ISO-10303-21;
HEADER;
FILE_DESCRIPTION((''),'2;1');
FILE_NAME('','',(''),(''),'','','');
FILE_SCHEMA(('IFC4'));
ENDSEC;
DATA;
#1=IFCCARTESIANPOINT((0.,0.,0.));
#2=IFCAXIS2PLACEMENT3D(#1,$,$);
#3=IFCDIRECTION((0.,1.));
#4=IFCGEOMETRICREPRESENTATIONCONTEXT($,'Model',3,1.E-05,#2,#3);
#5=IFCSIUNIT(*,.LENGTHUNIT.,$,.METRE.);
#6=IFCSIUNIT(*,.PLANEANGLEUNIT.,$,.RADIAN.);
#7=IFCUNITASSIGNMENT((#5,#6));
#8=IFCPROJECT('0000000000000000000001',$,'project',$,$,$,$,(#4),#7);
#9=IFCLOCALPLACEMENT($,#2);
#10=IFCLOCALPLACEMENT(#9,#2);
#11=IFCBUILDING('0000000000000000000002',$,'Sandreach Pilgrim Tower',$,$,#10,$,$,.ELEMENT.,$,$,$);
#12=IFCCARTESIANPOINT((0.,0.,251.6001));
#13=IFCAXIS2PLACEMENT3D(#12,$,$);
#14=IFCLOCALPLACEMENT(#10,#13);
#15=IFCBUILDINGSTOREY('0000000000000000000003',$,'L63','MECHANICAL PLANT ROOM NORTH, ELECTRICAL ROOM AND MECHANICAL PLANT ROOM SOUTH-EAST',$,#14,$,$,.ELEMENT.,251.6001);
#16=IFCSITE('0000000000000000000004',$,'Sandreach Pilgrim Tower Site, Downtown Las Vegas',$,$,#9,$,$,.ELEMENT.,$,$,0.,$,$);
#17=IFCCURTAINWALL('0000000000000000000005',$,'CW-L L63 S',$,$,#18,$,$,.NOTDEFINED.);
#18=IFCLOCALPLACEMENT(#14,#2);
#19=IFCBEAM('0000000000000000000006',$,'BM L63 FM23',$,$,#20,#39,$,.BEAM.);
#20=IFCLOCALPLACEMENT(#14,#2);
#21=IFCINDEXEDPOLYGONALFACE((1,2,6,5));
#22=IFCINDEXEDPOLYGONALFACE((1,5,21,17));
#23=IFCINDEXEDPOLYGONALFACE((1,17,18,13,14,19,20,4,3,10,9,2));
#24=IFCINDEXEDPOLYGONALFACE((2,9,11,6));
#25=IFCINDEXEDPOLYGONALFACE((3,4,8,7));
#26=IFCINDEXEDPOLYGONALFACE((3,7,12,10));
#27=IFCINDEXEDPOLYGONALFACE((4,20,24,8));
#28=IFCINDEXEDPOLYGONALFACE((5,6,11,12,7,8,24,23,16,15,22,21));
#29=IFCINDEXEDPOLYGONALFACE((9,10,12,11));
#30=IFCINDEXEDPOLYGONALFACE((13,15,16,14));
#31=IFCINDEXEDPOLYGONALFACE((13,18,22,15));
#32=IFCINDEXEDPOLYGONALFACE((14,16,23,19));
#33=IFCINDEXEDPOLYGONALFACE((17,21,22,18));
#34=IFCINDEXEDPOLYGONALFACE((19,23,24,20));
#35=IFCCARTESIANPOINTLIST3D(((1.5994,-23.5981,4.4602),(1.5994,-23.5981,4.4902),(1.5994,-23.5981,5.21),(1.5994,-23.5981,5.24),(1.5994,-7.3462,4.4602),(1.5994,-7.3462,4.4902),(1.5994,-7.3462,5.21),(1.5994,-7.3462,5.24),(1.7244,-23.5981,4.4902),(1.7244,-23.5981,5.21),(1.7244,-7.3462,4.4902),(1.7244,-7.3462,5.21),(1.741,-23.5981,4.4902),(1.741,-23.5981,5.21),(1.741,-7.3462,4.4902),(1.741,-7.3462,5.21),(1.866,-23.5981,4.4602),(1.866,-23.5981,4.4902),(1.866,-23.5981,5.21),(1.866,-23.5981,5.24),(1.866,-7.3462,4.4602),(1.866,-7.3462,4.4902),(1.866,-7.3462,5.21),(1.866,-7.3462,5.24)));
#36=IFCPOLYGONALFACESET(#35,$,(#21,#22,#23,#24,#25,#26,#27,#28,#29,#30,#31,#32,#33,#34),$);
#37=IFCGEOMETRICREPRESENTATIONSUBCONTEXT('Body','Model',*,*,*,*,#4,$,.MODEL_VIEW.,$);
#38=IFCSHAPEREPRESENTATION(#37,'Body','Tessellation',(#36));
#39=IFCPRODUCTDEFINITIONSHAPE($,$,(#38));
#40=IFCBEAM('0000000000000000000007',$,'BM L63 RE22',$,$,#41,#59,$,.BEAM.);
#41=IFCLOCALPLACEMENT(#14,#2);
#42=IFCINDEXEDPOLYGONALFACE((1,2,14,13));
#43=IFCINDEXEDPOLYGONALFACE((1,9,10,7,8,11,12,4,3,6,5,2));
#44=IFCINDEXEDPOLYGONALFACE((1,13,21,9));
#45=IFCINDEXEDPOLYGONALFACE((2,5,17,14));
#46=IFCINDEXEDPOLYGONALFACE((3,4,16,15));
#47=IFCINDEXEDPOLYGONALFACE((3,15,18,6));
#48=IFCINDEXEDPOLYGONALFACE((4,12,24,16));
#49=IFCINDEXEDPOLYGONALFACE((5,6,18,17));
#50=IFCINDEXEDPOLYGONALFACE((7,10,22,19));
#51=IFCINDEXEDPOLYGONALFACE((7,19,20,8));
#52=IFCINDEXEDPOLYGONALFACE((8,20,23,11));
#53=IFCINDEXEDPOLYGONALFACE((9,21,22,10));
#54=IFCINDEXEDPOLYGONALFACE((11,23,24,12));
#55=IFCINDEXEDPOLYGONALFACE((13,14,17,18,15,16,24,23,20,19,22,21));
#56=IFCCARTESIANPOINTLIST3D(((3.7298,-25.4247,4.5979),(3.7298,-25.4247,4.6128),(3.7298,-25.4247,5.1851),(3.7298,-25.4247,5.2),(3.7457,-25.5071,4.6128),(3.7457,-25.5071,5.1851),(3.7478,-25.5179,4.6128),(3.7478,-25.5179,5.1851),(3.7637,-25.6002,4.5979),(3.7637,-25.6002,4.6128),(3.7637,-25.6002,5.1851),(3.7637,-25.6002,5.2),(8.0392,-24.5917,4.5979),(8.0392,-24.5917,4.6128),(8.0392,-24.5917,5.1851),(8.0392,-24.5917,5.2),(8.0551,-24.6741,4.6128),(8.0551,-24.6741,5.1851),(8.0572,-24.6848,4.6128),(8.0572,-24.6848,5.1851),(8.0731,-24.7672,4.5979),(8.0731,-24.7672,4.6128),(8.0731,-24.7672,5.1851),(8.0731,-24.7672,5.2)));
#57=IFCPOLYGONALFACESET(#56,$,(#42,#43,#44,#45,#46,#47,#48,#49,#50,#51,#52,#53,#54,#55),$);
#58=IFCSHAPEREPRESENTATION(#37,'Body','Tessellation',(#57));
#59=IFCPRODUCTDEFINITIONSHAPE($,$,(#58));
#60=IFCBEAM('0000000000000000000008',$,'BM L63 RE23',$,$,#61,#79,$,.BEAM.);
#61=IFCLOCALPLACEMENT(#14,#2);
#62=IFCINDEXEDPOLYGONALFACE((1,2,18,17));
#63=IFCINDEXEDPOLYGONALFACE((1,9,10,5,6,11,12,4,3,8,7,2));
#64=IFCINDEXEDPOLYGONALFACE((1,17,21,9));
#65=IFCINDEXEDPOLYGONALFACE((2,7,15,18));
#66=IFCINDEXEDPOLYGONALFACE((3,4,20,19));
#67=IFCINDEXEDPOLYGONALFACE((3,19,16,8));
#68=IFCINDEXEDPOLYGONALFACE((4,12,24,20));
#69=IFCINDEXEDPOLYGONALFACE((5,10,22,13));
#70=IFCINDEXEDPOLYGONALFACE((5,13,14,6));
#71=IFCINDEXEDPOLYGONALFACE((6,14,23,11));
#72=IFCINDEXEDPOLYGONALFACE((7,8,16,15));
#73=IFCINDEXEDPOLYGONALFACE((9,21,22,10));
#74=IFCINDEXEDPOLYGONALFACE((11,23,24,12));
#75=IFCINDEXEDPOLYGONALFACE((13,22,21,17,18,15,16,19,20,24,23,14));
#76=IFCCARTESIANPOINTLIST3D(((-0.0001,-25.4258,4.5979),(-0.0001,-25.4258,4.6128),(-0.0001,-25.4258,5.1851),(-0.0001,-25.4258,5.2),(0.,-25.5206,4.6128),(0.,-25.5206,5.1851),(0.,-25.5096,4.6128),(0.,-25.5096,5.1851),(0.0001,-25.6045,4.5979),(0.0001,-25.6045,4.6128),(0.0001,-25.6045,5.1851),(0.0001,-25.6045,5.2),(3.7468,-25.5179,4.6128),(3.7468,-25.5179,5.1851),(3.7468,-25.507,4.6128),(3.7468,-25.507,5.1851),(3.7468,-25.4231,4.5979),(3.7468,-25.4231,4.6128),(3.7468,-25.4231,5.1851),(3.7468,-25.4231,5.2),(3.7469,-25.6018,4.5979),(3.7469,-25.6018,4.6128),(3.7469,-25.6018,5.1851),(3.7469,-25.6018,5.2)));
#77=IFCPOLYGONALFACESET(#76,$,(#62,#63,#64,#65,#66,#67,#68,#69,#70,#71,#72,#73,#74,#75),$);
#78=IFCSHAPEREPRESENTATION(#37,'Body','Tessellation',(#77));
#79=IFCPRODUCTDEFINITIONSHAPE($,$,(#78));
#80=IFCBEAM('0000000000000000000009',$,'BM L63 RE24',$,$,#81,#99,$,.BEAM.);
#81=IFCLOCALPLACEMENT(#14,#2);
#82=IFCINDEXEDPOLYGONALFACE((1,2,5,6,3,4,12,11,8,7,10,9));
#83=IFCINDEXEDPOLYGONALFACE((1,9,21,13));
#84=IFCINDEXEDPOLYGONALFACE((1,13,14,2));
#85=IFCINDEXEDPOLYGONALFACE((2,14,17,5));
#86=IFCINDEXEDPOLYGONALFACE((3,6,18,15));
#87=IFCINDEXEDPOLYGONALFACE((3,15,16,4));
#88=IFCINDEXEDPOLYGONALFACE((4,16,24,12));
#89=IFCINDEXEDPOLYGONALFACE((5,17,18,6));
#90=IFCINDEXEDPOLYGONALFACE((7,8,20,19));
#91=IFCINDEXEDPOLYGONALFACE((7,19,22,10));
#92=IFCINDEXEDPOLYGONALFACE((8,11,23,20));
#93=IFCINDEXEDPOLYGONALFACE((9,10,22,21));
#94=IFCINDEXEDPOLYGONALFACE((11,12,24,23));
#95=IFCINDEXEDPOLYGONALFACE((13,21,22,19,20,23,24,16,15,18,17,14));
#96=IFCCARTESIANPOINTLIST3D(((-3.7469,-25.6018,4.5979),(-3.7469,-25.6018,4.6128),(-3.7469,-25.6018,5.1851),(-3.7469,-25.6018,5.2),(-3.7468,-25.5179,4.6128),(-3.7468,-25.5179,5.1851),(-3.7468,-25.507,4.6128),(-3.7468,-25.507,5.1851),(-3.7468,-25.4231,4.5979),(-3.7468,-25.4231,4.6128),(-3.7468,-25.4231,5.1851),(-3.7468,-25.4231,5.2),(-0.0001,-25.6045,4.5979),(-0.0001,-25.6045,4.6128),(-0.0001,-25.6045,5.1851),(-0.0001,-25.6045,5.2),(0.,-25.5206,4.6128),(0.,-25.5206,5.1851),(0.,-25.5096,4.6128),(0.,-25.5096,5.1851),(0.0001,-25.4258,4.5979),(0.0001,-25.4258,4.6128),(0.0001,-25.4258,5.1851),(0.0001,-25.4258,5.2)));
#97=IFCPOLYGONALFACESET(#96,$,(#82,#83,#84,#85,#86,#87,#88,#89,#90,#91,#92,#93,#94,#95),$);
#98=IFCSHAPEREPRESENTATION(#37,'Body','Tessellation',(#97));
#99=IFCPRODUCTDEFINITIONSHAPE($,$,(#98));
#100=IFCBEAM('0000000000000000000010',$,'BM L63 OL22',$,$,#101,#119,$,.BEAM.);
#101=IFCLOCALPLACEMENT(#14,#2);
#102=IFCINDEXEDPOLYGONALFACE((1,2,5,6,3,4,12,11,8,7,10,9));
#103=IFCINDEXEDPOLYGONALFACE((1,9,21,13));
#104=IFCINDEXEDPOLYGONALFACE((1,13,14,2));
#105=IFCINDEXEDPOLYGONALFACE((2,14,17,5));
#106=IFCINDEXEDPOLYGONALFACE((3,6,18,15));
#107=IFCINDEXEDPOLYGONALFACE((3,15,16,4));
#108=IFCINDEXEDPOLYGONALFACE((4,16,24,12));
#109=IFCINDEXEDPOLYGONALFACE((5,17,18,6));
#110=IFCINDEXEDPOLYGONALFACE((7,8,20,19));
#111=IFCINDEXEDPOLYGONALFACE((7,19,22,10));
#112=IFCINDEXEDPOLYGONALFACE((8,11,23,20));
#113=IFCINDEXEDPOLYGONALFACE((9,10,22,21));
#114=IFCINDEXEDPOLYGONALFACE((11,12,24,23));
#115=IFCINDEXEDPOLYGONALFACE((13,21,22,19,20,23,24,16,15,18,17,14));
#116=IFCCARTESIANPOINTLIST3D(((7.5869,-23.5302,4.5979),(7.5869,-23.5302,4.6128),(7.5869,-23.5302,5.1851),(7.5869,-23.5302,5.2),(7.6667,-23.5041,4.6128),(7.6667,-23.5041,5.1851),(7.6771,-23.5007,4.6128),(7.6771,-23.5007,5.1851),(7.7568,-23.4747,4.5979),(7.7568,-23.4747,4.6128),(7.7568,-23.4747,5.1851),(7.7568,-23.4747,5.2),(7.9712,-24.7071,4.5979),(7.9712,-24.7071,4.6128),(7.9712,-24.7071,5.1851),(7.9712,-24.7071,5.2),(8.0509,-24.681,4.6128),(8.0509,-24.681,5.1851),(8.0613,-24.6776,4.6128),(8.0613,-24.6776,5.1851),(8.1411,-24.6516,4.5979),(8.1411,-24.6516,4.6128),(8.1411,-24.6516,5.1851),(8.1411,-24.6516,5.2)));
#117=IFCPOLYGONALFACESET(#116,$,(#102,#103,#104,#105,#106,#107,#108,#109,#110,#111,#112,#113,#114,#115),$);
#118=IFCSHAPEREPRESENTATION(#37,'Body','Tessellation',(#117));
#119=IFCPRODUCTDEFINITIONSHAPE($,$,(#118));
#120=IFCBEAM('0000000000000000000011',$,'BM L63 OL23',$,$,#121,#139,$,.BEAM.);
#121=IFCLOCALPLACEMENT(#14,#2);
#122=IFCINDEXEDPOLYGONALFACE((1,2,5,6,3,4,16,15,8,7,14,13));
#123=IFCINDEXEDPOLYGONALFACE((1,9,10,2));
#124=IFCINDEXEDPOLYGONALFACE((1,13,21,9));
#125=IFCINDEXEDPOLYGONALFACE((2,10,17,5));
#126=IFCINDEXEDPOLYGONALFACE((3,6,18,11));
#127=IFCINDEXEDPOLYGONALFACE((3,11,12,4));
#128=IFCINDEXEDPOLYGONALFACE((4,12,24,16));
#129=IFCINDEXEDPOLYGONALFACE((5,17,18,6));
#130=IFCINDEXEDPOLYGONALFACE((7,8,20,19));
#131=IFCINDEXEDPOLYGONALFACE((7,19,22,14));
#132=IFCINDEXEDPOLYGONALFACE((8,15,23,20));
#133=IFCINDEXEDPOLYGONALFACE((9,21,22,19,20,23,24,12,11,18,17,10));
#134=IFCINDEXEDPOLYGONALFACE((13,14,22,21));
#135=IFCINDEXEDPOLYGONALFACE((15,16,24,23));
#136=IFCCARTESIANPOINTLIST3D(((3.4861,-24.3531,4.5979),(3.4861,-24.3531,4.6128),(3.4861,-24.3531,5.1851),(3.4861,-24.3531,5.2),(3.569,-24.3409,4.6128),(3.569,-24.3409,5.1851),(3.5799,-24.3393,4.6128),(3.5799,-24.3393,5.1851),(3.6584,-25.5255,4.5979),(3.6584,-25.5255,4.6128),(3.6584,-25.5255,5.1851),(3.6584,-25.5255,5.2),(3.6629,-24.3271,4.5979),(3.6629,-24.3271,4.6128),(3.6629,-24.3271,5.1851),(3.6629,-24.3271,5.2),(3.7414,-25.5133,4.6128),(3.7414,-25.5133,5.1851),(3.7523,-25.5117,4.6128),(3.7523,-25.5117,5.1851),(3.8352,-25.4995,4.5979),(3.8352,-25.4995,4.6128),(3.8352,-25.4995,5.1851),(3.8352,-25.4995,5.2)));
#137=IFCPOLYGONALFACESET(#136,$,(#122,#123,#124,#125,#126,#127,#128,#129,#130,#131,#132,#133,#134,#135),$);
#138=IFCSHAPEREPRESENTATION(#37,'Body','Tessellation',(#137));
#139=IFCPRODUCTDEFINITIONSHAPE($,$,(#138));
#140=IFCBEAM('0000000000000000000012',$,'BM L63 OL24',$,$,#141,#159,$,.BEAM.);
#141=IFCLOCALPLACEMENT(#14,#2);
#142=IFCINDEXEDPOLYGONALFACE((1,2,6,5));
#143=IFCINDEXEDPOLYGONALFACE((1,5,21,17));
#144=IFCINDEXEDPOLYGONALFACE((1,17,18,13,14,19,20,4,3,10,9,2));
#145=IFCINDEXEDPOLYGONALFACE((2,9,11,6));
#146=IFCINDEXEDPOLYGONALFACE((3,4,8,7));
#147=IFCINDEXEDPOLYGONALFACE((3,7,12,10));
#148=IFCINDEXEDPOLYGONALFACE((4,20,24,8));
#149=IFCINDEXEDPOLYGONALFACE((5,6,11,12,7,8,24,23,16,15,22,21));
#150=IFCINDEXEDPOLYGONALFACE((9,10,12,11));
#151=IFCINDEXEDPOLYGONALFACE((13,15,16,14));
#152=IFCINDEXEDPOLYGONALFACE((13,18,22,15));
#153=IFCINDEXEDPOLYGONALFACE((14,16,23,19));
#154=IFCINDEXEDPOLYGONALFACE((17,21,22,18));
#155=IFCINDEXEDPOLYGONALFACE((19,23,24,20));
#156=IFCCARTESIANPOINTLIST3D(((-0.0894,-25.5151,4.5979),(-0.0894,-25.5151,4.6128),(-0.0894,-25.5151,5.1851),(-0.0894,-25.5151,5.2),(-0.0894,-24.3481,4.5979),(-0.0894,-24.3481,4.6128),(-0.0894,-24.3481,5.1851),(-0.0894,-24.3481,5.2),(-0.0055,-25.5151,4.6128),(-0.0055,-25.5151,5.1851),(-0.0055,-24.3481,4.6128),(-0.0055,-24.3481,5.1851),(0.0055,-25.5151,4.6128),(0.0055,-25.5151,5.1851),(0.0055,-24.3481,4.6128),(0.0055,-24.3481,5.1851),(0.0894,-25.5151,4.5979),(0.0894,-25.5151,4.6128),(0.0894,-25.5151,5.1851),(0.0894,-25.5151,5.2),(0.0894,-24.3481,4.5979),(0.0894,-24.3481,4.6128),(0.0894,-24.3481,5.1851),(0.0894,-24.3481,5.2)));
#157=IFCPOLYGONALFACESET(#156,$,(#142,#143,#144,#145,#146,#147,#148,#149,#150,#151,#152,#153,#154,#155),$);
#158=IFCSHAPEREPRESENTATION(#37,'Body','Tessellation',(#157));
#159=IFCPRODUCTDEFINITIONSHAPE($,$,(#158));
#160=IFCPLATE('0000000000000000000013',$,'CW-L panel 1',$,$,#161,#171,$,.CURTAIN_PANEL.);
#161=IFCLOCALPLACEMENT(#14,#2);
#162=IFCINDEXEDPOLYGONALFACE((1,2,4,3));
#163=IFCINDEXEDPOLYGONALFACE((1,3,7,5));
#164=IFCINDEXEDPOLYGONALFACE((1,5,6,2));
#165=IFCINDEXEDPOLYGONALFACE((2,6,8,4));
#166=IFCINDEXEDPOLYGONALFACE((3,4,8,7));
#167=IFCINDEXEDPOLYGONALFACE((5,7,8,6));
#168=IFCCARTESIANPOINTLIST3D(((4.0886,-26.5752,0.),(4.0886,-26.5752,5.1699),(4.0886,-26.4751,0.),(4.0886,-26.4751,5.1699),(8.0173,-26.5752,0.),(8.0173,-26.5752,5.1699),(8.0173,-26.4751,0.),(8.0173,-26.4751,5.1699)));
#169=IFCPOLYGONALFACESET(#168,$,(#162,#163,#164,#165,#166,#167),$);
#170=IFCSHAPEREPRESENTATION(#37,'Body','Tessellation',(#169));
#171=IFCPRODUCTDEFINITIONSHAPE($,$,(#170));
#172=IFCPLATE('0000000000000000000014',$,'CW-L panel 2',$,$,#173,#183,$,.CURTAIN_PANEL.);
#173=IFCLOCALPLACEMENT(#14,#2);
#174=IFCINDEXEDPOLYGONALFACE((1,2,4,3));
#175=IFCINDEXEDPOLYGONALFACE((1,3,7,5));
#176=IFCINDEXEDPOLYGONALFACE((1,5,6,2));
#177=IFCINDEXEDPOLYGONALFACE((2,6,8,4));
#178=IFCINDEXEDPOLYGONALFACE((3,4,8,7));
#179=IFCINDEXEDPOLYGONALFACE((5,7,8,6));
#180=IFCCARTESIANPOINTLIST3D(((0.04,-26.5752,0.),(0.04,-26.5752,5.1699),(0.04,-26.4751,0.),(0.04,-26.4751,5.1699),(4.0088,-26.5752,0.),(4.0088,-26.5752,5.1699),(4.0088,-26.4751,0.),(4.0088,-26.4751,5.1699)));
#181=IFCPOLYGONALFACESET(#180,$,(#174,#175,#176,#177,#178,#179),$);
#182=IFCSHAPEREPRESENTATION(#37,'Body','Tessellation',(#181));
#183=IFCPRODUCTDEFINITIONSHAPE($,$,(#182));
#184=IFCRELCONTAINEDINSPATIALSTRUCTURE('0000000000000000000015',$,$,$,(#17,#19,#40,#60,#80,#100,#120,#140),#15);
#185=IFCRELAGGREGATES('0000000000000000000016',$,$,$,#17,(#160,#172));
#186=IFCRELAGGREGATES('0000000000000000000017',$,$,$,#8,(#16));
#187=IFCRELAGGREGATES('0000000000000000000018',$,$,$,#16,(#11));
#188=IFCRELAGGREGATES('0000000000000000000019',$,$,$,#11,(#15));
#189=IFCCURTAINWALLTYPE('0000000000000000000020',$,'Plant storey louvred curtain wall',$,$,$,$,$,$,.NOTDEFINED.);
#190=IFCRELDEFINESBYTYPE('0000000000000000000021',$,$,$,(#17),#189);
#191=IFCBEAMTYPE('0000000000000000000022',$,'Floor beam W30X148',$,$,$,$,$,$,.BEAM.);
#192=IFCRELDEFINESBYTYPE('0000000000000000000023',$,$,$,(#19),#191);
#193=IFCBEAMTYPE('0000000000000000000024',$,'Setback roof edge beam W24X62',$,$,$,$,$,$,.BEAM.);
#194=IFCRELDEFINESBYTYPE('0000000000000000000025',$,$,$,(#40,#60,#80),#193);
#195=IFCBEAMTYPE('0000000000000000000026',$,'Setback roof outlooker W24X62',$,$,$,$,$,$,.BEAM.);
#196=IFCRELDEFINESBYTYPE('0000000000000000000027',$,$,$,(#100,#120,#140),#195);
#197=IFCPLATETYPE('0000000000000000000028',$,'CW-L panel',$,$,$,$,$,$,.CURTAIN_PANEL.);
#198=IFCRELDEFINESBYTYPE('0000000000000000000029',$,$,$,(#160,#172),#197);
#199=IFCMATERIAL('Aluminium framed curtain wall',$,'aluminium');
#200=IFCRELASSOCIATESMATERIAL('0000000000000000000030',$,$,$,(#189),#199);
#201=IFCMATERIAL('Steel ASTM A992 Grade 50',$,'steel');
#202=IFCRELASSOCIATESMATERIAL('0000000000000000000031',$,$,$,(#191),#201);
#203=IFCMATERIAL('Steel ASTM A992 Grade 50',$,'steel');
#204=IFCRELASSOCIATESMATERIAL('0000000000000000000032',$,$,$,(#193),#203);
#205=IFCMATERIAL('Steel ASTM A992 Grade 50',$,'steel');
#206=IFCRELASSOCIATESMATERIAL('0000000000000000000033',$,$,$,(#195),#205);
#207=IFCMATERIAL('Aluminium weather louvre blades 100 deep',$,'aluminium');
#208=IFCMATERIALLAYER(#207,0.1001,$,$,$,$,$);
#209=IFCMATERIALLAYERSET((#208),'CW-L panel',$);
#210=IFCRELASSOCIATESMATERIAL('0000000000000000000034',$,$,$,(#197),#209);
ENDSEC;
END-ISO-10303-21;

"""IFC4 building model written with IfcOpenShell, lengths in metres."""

from ifc_helpers import new_model, si_unit, direction, frame, origin, origin_2d, place, context, subcontext, project, spatial, rectangle, i_section, extrude, material, layer, layer_set, material_profile, profile_set, type_object, element, aggregate, save


model = new_model("IFC4")

# Units and contexts
model_context = context("Model", 3, precision=1e-05, world=origin(), true_north=direction((0.0, 1.0)))
body_context = subcontext(model_context, "Body", "Model", "MODEL_VIEW")
ifc_project = project(units=[si_unit("LENGTHUNIT", "METRE"), si_unit("PLANEANGLEUNIT", "RADIAN")], contexts=[model_context])

# Site, building, storey
site_placement = place(None, origin())
site = spatial("IfcSite", under=ifc_project, at=site_placement, Name="Sandreach Pilgrim Tower Site, Downtown Las Vegas", CompositionType="ELEMENT", RefElevation=0.0)
building_placement = place(site_placement, origin())
building = spatial("IfcBuilding", under=site, at=building_placement, Name="Sandreach Pilgrim Tower", CompositionType="ELEMENT")
storey_placement = place(building_placement, frame((0.0, 0.0, 251.6001)))
storey = spatial("IfcBuildingStorey", under=building, at=storey_placement, Name="L63", Description="MECHANICAL PLANT ROOM NORTH, ELECTRICAL ROOM AND MECHANICAL PLANT ROOM SOUTH-EAST", CompositionType="ELEMENT", Elevation=251.6001)

# Shared definitions
ifc_material_1 = material(Name="Aluminium framed curtain wall", Category="aluminium")
curtain_wall_type = type_object("IfcCurtainWallType", Name="Plant storey louvred curtain wall", PredefinedType="NOTDEFINED", material=ifc_material_1)

# Curtain wall
curtain_wall_1_placement = place(storey_placement, origin())
curtain_wall_1 = element("IfcCurtainWall", 1, at=curtain_wall_1_placement, inside=storey, type_object=curtain_wall_type, Name="CW-L L63 S", PredefinedType="NOTDEFINED")

# Beams
ifc_material_2 = material(Name="Steel ASTM A992 Grade 50", Category="steel")
ifc_material_profile_1 = material_profile(ifc_material_2, i_section(OverallWidth=0.2666, OverallDepth=0.7798, WebThickness=0.0166, FlangeThickness=0.03, at=origin_2d()), Name="W30X148")
ifc_profile_set_1 = profile_set([ifc_material_profile_1], Name="Steel ASTM A992 Grade 50")
beam_type_1 = type_object("IfcBeamType", Name="Floor beam W30X148", PredefinedType="BEAM", material=ifc_profile_set_1)
beam_1_placement = place(storey_placement, frame((1.7327, -23.5981, 4.8501), z_axis=(0.0, 1.0, 0.0), x_axis=(-1.0, 0.0, 0.0)))
element("IfcBeam", 2, at=beam_1_placement, inside=storey, type_object=beam_type_1, Name="BM L63 FM23", PredefinedType="BEAM", context=body_context, shape_type="SweptSolid", body=[
    extrude(i_section(OverallWidth=0.2666, OverallDepth=0.7798, WebThickness=0.0166, FlangeThickness=0.03, at=origin_2d()), origin(), (0.0, 0.0, 1.0), 16.252),
])
ifc_material_3 = material(Name="Steel ASTM A992 Grade 50", Category="steel")
ifc_material_profile_2 = material_profile(ifc_material_3, i_section(OverallWidth=0.1787, OverallDepth=0.6021, WebThickness=0.011, FlangeThickness=0.0149, at=origin_2d()), Name="W24X62")
ifc_profile_set_2 = profile_set([ifc_material_profile_2], Name="Steel ASTM A992 Grade 50")
beam_type_2 = type_object("IfcBeamType", Name="Setback roof edge beam W24X62", PredefinedType="BEAM", material=ifc_profile_set_2)
beam_2_placement = place(storey_placement, frame((8.0562, -24.6794, 4.8989), z_axis=(-0.981825, -0.18979, 0.0), x_axis=(0.18979, -0.981825, 0.0)))
element("IfcBeam", 3, at=beam_2_placement, inside=storey, type_object=beam_type_2, Name="BM L63 RE22", PredefinedType="BEAM", context=body_context, shape_type="SweptSolid", body=[
    extrude(i_section(OverallWidth=0.1787, OverallDepth=0.6021, WebThickness=0.011, FlangeThickness=0.0149, at=origin_2d()), origin(), (0.0, 0.0, 1.0), 4.3892),
])
for number, where, z_axis, x_axis, name in (
    (4, (3.7468, -25.5125, 4.8989), (-1.0, -0.000717, 0.0), (0.000717, -1.0, 0.0), "BM L63 RE23"),
    (5, (0.0, -25.5151, 4.8989), (-1.0, 0.000717, 0.0), (-0.000717, -1.0, 0.0), "BM L63 RE24"),
):
    element("IfcBeam", number, at=place(storey_placement, frame(where, z_axis=z_axis, x_axis=x_axis)), inside=storey, type_object=beam_type_2, Name=name, PredefinedType="BEAM", context=body_context, shape_type="SweptSolid", body=[
        extrude(i_section(OverallWidth=0.1787, OverallDepth=0.6021, WebThickness=0.011, FlangeThickness=0.0149, at=origin_2d()), origin(), (0.0, 0.0, 1.0), 3.7468),
    ])
ifc_material_4 = material(Name="Steel ASTM A992 Grade 50", Category="steel")
ifc_material_profile_3 = material_profile(ifc_material_4, i_section(OverallWidth=0.1787, OverallDepth=0.6021, WebThickness=0.011, FlangeThickness=0.0149, at=origin_2d()), Name="W24X62")
ifc_profile_set_3 = profile_set([ifc_material_profile_3], Name="Steel ASTM A992 Grade 50")
beam_type_3 = type_object("IfcBeamType", Name="Setback roof outlooker W24X62", PredefinedType="BEAM", material=ifc_profile_set_3)
beam_3_placement = place(storey_placement, frame((7.6719, -23.5024, 4.8989), z_axis=(0.310365, -0.950617, 0.0), x_axis=(0.950617, 0.310365, 0.0)))
element("IfcBeam", 6, at=beam_3_placement, inside=storey, type_object=beam_type_3, Name="BM L63 OL22", PredefinedType="BEAM", context=body_context, shape_type="SweptSolid", body=[
    extrude(i_section(OverallWidth=0.1787, OverallDepth=0.6021, WebThickness=0.011, FlangeThickness=0.0149, at=origin_2d()), origin(), (0.0, 0.0, 1.0), 1.238),
])
beam_4_placement = place(storey_placement, frame((3.5745, -24.3401, 4.8989), z_axis=(0.145458, -0.989364, 0.0), x_axis=(0.989364, 0.145458, 0.0)))
element("IfcBeam", 7, at=beam_4_placement, inside=storey, type_object=beam_type_3, Name="BM L63 OL23", PredefinedType="BEAM", context=body_context, shape_type="SweptSolid", body=[
    extrude(i_section(OverallWidth=0.1787, OverallDepth=0.6021, WebThickness=0.011, FlangeThickness=0.0149, at=origin_2d()), origin(), (0.0, 0.0, 1.0), 1.1851),
])
beam_5_placement = place(storey_placement, frame((0.0, -24.3481, 4.8989), z_axis=(0.0, -1.0, 0.0), x_axis=(1.0, 0.0, 0.0)))
element("IfcBeam", 8, at=beam_5_placement, inside=storey, type_object=beam_type_3, Name="BM L63 OL24", PredefinedType="BEAM", context=body_context, shape_type="SweptSolid", body=[
    extrude(i_section(OverallWidth=0.1787, OverallDepth=0.6021, WebThickness=0.011, FlangeThickness=0.0149, at=origin_2d()), origin(), (0.0, 0.0, 1.0), 1.167),
])

# Plates
ifc_material_5 = material(Name="Aluminium weather louvre blades 100 deep", Category="aluminium")
ifc_layer_1 = layer(ifc_material_5, 0.1001)
ifc_layer_set_1 = layer_set([ifc_layer_1], Name="CW-L panel")
plate_type = type_object("IfcPlateType", Name="CW-L panel", PredefinedType="CURTAIN_PANEL", material=ifc_layer_set_1)
plate_1_placement = place(storey_placement, frame((6.053, -26.5251, 0.0), z_axis=(0.0, 0.0, 1.0), x_axis=(-1.0, 0.0, 0.0)))
plate_1 = element("IfcPlate", 9, at=plate_1_placement, type_object=plate_type, Name="CW-L panel 1", PredefinedType="CURTAIN_PANEL", context=body_context, shape_type="SweptSolid", body=[
    extrude(rectangle(XDim=3.9287, YDim=0.1001, at=origin_2d()), origin(), (0.0, 0.0, 1.0), 5.1699),
])
plate_2_placement = place(storey_placement, frame((2.0244, -26.5251, 0.0), z_axis=(0.0, 0.0, 1.0), x_axis=(-1.0, 0.0, 0.0)))
plate_2 = element("IfcPlate", 10, at=plate_2_placement, type_object=plate_type, Name="CW-L panel 2", PredefinedType="CURTAIN_PANEL", context=body_context, shape_type="SweptSolid", body=[
    extrude(rectangle(XDim=3.9688, YDim=0.1001, at=origin_2d()), origin(), (0.0, 0.0, 1.0), 5.1699),
])
aggregate(curtain_wall_1, [plate_1, plate_2])

save(model, "model.ifc")
